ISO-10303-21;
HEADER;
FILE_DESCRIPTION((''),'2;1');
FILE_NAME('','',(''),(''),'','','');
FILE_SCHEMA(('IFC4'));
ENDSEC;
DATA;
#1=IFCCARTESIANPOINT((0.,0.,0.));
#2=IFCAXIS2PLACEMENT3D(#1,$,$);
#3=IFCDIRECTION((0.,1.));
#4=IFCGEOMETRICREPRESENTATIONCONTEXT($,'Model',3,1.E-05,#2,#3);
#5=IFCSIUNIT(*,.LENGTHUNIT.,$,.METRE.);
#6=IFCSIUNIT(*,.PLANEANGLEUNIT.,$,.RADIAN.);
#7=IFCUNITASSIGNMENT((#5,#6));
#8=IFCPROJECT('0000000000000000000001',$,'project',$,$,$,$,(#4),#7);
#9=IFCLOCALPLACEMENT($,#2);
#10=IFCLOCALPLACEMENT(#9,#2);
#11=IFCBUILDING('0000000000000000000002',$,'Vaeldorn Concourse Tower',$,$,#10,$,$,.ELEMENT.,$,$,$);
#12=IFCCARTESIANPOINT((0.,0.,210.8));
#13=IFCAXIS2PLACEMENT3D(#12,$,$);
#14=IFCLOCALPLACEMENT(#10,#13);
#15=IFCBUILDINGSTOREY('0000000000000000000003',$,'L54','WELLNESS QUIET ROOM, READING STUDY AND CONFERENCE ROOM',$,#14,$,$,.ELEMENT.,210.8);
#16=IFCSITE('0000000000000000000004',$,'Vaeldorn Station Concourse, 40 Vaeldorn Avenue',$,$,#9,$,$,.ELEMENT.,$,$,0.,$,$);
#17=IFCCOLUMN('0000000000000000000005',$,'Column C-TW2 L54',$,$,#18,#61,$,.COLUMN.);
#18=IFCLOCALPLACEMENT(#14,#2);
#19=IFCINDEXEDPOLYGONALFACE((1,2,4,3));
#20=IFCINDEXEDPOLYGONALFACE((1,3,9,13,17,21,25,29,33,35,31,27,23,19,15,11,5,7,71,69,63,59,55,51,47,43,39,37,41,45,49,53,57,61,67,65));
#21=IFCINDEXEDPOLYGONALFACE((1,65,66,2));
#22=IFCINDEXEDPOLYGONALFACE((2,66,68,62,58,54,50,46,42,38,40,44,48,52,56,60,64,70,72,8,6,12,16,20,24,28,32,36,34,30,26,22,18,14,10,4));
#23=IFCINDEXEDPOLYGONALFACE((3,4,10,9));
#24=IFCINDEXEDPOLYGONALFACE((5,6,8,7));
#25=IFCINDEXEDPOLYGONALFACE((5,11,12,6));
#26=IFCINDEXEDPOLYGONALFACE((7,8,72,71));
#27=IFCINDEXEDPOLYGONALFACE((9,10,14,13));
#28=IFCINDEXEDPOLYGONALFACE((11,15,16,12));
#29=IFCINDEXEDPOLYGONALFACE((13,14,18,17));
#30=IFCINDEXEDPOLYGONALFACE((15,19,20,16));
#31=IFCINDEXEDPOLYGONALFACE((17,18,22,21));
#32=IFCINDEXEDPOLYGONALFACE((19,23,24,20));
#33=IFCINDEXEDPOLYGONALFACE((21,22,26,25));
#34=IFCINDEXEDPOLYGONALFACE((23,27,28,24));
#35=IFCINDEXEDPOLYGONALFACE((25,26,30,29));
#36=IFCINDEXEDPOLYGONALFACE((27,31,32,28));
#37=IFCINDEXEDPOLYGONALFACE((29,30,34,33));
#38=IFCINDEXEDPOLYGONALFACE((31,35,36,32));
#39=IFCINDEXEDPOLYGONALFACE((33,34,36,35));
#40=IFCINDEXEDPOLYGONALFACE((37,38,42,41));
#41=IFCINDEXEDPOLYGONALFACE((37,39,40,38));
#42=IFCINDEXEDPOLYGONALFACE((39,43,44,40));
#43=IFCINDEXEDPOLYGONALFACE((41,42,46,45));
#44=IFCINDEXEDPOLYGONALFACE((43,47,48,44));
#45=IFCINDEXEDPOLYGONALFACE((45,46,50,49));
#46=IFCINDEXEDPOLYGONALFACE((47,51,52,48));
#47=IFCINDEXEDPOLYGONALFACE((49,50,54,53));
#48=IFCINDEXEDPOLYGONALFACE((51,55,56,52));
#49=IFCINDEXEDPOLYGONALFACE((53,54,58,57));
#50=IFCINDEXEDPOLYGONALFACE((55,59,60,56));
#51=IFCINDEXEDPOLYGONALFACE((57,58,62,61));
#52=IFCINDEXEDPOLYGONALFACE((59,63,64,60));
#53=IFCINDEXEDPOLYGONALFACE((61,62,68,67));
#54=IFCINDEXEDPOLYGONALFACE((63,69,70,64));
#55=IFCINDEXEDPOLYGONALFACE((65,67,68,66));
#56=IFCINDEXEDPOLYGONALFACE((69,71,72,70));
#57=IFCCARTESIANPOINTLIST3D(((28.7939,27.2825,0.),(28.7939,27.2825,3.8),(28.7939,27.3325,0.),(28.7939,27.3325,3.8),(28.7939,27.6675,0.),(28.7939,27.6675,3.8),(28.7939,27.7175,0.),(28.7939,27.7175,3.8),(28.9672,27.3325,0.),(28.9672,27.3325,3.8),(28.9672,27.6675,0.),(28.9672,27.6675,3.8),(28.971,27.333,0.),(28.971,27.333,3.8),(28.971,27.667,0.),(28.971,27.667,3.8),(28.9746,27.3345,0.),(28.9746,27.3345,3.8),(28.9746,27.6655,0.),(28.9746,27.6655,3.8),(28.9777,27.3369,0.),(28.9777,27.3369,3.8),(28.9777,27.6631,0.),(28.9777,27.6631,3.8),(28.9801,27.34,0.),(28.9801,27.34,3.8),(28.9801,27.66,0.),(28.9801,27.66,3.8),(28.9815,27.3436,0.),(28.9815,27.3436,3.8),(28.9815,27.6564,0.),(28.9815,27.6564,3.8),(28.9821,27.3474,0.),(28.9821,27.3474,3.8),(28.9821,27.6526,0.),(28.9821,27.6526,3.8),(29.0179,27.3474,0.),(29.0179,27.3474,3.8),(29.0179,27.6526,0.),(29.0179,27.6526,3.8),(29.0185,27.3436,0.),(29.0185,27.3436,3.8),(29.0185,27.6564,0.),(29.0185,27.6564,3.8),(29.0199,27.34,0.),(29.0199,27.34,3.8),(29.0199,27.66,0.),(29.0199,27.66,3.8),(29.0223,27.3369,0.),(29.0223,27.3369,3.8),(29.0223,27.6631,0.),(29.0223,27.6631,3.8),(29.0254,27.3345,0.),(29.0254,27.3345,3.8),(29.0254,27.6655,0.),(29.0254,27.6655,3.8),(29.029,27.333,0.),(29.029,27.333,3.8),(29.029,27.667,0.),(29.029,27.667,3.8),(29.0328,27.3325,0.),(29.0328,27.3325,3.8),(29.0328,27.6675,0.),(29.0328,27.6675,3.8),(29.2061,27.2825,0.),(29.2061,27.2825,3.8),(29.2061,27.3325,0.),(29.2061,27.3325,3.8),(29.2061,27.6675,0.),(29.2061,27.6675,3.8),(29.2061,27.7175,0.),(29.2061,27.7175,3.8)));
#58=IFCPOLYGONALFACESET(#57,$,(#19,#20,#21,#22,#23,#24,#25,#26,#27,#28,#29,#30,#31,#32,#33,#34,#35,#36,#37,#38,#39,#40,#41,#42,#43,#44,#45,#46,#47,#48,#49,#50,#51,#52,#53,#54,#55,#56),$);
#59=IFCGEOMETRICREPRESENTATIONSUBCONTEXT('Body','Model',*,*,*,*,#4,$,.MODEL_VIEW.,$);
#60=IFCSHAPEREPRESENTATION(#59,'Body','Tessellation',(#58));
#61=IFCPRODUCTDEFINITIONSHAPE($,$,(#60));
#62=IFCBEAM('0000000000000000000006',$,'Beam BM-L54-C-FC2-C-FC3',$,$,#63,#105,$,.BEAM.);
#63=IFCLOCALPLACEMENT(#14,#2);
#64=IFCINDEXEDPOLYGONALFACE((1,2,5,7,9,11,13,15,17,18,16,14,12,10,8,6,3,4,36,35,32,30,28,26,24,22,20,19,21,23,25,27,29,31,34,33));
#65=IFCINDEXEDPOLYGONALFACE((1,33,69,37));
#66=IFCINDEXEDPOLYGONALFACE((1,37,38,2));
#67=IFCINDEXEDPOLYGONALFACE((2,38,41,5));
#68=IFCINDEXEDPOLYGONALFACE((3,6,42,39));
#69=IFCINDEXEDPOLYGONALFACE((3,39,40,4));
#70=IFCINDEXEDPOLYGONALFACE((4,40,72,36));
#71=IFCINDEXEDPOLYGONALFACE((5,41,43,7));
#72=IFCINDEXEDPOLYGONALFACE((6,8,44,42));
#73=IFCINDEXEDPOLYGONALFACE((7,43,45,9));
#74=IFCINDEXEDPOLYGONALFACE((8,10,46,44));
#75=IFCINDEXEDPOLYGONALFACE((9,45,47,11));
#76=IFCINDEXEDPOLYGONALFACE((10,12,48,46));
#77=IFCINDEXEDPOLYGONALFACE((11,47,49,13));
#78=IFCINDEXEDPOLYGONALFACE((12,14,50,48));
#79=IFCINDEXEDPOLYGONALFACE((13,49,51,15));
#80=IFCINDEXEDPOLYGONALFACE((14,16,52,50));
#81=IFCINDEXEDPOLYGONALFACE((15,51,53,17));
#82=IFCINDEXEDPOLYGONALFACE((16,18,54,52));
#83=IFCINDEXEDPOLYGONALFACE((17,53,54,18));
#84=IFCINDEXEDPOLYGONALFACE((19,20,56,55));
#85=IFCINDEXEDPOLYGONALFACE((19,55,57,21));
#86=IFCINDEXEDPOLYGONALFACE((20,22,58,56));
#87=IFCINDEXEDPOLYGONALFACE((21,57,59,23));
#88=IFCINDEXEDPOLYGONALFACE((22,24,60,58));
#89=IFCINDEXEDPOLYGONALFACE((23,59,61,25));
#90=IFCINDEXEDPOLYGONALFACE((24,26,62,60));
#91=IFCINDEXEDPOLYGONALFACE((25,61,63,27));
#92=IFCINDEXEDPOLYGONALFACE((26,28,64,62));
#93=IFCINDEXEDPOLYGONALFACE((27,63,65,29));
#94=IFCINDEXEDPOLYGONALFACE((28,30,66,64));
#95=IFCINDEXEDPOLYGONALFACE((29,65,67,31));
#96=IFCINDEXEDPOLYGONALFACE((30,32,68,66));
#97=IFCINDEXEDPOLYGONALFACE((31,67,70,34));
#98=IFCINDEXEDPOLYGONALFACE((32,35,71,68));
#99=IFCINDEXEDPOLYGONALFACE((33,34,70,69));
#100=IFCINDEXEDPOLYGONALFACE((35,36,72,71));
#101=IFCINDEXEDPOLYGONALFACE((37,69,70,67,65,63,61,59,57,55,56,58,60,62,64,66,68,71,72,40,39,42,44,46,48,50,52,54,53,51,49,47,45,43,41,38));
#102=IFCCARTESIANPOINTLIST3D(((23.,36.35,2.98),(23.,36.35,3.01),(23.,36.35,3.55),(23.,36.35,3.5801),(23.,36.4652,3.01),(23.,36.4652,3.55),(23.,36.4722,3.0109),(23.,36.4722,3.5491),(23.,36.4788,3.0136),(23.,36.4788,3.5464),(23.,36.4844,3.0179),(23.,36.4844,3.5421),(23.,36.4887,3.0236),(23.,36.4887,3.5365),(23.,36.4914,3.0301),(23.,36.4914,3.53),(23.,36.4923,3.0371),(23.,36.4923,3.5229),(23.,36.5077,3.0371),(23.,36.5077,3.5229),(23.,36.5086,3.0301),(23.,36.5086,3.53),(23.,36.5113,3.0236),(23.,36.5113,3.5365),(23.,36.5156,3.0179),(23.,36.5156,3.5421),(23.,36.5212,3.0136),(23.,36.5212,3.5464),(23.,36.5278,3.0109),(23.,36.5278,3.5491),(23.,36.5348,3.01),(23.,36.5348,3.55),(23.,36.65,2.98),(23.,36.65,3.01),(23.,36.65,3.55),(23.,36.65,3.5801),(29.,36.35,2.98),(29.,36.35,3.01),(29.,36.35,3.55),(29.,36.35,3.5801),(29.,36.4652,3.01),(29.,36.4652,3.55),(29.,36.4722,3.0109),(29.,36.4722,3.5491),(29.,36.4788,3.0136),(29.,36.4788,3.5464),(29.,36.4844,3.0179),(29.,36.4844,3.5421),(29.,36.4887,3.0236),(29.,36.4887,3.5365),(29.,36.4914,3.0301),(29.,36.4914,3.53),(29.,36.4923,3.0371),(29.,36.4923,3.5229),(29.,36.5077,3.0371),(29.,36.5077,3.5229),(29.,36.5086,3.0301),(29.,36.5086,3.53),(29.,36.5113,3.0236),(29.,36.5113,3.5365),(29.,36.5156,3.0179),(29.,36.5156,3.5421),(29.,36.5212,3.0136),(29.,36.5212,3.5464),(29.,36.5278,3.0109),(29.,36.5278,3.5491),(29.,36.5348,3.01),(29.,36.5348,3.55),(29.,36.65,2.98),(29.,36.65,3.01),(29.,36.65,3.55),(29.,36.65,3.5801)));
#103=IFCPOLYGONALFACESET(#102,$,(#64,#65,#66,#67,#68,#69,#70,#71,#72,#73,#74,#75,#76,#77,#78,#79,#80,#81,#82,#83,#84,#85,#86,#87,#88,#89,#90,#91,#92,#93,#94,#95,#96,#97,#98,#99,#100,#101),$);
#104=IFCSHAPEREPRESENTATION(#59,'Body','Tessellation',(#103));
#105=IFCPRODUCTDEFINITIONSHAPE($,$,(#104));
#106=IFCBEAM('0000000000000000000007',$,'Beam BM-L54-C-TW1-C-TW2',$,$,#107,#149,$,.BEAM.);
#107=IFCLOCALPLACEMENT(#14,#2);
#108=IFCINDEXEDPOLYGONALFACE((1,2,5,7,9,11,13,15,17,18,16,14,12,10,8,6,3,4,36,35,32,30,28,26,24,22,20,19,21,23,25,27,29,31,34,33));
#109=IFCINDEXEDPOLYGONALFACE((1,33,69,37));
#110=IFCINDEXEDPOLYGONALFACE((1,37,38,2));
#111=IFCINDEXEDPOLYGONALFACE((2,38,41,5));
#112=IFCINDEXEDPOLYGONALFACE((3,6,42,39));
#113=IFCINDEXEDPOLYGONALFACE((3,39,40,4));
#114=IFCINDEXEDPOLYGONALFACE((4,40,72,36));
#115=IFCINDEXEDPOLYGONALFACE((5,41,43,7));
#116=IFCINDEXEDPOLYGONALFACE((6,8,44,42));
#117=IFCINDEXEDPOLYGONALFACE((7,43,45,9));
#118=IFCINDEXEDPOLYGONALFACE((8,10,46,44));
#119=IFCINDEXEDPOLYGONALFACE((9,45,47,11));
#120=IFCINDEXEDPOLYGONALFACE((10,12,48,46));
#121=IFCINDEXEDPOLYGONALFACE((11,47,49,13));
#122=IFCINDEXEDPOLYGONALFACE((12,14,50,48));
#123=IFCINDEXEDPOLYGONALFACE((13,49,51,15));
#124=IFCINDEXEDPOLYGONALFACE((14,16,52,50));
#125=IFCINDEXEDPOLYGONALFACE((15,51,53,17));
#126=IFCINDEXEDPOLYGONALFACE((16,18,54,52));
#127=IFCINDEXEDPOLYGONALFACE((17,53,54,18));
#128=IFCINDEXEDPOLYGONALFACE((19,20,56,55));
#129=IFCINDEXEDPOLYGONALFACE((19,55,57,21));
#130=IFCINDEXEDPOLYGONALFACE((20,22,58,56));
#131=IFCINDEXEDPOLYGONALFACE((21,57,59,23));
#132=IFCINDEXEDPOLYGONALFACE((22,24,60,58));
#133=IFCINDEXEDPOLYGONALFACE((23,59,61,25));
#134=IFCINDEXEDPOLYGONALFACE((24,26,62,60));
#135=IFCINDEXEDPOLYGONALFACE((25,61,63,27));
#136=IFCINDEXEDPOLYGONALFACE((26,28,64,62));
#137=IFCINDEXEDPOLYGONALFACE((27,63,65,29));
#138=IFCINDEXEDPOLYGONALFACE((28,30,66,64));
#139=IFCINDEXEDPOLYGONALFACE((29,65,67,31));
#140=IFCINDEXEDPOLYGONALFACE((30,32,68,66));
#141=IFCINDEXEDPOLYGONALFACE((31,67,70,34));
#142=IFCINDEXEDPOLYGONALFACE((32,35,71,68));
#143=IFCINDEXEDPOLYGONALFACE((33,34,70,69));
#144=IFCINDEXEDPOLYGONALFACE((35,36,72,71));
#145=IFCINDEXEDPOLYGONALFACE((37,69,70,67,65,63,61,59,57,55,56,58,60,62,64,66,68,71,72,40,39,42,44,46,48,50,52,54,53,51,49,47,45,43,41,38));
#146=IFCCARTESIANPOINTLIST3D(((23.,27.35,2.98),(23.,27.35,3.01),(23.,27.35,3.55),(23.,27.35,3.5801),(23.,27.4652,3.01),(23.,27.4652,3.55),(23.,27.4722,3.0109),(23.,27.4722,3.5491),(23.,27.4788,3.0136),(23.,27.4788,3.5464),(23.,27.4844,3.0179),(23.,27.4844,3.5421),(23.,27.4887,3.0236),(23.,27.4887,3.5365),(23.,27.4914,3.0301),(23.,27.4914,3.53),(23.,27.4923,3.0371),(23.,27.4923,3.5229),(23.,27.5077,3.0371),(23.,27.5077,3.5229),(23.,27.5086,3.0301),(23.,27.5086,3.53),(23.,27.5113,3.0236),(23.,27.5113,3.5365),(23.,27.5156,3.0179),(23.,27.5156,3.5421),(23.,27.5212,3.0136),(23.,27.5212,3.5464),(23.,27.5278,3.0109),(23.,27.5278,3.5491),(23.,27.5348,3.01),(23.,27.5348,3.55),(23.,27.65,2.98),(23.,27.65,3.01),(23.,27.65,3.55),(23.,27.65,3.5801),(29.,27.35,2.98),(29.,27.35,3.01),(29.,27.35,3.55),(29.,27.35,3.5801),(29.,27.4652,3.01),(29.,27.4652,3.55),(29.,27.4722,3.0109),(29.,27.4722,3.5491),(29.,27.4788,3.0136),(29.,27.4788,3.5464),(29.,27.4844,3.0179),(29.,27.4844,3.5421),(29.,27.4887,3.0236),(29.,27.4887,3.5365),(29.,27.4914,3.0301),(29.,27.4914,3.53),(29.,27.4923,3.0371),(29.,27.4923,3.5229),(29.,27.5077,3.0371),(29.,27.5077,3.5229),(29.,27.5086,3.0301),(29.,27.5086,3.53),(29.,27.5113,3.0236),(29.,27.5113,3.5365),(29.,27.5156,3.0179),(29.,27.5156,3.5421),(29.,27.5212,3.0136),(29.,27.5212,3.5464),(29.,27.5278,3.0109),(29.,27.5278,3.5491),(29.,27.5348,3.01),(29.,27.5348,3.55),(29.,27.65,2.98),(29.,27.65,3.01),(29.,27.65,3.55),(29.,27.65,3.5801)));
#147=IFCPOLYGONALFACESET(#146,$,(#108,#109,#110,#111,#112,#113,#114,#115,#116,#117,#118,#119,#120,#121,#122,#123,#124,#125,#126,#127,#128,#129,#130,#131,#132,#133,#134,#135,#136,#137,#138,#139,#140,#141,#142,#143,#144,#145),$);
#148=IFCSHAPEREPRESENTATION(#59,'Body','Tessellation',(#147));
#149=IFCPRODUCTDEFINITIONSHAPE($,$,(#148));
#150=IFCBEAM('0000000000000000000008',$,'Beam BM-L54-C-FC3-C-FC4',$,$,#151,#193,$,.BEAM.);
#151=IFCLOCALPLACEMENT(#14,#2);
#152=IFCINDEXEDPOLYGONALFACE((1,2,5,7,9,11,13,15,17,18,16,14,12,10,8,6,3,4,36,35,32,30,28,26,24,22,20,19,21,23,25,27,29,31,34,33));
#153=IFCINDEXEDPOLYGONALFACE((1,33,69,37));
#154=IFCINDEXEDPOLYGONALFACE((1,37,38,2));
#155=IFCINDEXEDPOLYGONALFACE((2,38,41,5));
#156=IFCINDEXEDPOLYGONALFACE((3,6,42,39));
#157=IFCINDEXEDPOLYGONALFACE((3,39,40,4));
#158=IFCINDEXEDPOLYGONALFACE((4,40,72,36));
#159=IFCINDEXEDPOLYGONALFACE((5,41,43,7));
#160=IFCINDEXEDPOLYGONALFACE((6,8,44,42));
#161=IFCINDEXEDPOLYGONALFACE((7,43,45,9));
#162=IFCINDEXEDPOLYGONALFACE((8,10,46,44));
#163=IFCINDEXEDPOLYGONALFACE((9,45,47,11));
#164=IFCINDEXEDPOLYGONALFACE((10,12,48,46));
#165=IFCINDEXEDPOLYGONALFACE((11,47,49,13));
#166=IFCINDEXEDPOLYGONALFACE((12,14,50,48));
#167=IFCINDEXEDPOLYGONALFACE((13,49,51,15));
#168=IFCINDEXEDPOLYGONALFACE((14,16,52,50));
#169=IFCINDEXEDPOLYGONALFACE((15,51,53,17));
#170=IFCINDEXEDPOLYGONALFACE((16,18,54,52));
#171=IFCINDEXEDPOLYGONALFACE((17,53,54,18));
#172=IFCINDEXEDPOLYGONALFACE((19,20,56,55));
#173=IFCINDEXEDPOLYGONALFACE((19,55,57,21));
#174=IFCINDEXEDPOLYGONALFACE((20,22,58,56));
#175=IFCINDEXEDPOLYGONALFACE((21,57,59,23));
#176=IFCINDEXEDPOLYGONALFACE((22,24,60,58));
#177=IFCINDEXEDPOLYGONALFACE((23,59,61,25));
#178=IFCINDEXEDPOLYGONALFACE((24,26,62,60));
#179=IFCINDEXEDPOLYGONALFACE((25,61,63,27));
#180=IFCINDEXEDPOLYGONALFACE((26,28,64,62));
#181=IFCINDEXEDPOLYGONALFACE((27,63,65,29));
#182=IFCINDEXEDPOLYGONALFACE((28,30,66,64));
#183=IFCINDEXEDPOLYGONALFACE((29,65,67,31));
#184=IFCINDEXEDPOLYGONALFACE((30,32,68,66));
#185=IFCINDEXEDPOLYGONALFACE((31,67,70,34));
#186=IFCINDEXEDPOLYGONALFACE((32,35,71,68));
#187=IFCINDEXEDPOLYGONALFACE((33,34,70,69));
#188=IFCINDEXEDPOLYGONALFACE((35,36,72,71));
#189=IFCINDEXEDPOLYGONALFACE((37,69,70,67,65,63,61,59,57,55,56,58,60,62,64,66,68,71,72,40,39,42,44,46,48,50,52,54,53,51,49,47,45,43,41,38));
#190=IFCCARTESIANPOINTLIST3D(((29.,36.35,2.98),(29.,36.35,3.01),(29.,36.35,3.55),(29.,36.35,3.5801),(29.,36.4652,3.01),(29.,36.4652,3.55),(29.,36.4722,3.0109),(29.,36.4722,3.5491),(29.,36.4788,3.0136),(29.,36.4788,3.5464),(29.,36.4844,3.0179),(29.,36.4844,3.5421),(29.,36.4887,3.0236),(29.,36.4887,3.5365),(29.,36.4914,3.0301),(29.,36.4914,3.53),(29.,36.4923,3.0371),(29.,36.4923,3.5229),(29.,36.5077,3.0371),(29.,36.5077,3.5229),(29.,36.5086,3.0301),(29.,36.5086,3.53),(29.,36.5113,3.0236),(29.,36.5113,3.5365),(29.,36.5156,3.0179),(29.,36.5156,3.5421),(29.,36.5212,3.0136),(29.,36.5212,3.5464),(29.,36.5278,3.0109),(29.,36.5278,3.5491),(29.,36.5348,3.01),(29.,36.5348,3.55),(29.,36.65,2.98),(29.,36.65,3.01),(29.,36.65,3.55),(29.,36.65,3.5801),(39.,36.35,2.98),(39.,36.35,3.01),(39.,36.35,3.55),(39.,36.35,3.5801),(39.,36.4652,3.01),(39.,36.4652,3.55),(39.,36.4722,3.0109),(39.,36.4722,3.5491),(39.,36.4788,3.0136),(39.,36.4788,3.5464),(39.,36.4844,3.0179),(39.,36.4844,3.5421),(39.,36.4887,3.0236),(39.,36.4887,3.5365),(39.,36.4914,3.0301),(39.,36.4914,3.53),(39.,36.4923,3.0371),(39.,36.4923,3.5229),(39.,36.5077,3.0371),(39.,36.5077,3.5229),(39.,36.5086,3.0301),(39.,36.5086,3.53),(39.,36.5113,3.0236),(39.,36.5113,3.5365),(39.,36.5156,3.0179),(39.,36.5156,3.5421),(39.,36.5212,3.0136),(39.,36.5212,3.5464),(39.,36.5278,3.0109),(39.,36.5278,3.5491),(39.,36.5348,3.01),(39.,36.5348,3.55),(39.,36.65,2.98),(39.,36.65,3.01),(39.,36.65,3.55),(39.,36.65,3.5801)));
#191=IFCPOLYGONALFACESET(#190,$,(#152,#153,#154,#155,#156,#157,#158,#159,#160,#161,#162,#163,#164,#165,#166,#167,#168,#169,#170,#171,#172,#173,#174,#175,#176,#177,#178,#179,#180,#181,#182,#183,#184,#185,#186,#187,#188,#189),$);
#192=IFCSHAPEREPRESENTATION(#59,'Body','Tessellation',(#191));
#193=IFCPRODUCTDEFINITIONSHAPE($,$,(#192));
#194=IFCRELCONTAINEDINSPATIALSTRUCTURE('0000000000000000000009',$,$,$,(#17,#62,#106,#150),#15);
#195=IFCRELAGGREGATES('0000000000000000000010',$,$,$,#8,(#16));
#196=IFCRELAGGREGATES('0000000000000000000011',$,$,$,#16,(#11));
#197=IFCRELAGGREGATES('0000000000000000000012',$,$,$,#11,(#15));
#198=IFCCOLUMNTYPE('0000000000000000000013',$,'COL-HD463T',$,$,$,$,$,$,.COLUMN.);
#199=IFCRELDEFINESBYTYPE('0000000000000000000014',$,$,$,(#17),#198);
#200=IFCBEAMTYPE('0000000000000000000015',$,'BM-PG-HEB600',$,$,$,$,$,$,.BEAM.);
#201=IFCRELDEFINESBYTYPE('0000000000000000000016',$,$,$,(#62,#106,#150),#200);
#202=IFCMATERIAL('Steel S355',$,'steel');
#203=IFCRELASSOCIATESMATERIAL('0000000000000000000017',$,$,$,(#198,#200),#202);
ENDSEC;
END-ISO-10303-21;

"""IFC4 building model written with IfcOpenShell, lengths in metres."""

from ifc_helpers import new_model, si_unit, direction, frame, origin, origin_2d, place, context, subcontext, project, spatial, i_section, extrude, source, transform, mapped, material, material_profile, profile_set, type_object, element, save


model = new_model("IFC4")

# Units and contexts
model_context = context("Model", 3, precision=1e-05, world=origin(), true_north=direction((0.0, 1.0)))
body_context = subcontext(model_context, "Body", "Model", "MODEL_VIEW")
ifc_project = project(units=[si_unit("LENGTHUNIT", "METRE"), si_unit("PLANEANGLEUNIT", "RADIAN")], contexts=[model_context])

# Site, building, storey
site_placement = place(None, origin())
site = spatial("IfcSite", under=ifc_project, at=site_placement, Name="Vaeldorn Station Concourse, 40 Vaeldorn Avenue", CompositionType="ELEMENT", RefElevation=0.0)
building_placement = place(site_placement, origin())
building = spatial("IfcBuilding", under=site, at=building_placement, Name="Vaeldorn Concourse Tower", CompositionType="ELEMENT")
storey_placement = place(building_placement, frame((0.0, 0.0, 210.8)))
storey = spatial("IfcBuildingStorey", under=building, at=storey_placement, Name="L54", Description="WELLNESS QUIET ROOM, READING STUDY AND CONFERENCE ROOM", CompositionType="ELEMENT", Elevation=210.8)

# Column
ifc_material_1 = material(Name="Steel S355", Category="steel")
ifc_material_profile_1 = material_profile(ifc_material_1, i_section(OverallWidth=0.4121, OverallDepth=0.4351, WebThickness=0.0359, FlangeThickness=0.05, FilletRadius=0.0149, at=origin_2d()), Name="HD 400x463")
ifc_profile_set_1 = profile_set([ifc_material_profile_1], Name="Steel S355")
column_type_1 = type_object("IfcColumnType", Name="COL-HD463T", PredefinedType="COLUMN", material=ifc_profile_set_1)
shared_shape_1 = source(origin(), body_context, "Body", "SweptSolid", [
    extrude(i_section(OverallWidth=0.4121, OverallDepth=0.4351, WebThickness=0.0359, FlangeThickness=0.05, FilletRadius=0.0149, at=origin_2d()), origin(), (0.0, 0.0, 1.0), 3.8),
])
column_1_placement = place(storey_placement, frame((29.0, 27.5, 0.0), z_axis=(0.0, 0.0, 1.0), x_axis=(1.0, 0.0, 0.0)))
element("IfcColumn", 1, at=column_1_placement, inside=storey, type_object=column_type_1, Name="Column C-TW2 L54", PredefinedType="COLUMN", context=body_context, shape_type="MappedRepresentation", body=[
    mapped(shared_shape_1, transform((0.0, 0.0, 0.0), scale=1.0)),
])

# Beams
ifc_material_profile_2 = material_profile(ifc_material_1, i_section(OverallWidth=0.3, OverallDepth=0.6001, WebThickness=0.0154, FlangeThickness=0.03, FilletRadius=0.0271, at=origin_2d()), Name="HEB 600")
ifc_profile_set_2 = profile_set([ifc_material_profile_2], Name="Steel S355")
beam_type_1 = type_object("IfcBeamType", Name="BM-PG-HEB600", PredefinedType="BEAM", material=ifc_profile_set_2)
shared_shape_2 = source(origin(), body_context, "Body", "SweptSolid", [
    extrude(i_section(OverallWidth=0.3, OverallDepth=0.6001, WebThickness=0.0154, FlangeThickness=0.03, FilletRadius=0.0271, at=origin_2d()), origin(), (0.0, 0.0, 1.0), 6.0),
])
for number, where, z_axis, x_axis, name in (
    (2, (23.0, 36.5, 3.28), (1.0, 0.0, 0.0), (0.0, 1.0, 0.0), "Beam BM-L54-C-FC2-C-FC3"),
    (3, (23.0, 27.5, 3.28), (1.0, 0.0, 0.0), (0.0, 1.0, 0.0), "Beam BM-L54-C-TW1-C-TW2"),
):
    element("IfcBeam", number, at=place(storey_placement, frame(where, z_axis=z_axis, x_axis=x_axis)), inside=storey, type_object=beam_type_1, Name=name, PredefinedType="BEAM", context=body_context, shape_type="MappedRepresentation", body=[
        mapped(shared_shape_2, transform((0.0, 0.0, 0.0), scale=1.0)),
    ])
shared_shape_3 = source(origin(), body_context, "Body", "SweptSolid", [
    extrude(i_section(OverallWidth=0.3, OverallDepth=0.6001, WebThickness=0.0154, FlangeThickness=0.03, FilletRadius=0.0271, at=origin_2d()), origin(), (0.0, 0.0, 1.0), 10.0),
])
for number, where, z_axis, x_axis, name in (
    (4, (29.0, 36.5, 3.28), (1.0, 0.0, 0.0), (0.0, 1.0, 0.0), "Beam BM-L54-C-FC3-C-FC4"),
):
    element("IfcBeam", number, at=place(storey_placement, frame(where, z_axis=z_axis, x_axis=x_axis)), inside=storey, type_object=beam_type_1, Name=name, PredefinedType="BEAM", context=body_context, shape_type="MappedRepresentation", body=[
        mapped(shared_shape_3, transform((0.0, 0.0, 0.0), scale=1.0)),
    ])

save(model, "model.ifc")
